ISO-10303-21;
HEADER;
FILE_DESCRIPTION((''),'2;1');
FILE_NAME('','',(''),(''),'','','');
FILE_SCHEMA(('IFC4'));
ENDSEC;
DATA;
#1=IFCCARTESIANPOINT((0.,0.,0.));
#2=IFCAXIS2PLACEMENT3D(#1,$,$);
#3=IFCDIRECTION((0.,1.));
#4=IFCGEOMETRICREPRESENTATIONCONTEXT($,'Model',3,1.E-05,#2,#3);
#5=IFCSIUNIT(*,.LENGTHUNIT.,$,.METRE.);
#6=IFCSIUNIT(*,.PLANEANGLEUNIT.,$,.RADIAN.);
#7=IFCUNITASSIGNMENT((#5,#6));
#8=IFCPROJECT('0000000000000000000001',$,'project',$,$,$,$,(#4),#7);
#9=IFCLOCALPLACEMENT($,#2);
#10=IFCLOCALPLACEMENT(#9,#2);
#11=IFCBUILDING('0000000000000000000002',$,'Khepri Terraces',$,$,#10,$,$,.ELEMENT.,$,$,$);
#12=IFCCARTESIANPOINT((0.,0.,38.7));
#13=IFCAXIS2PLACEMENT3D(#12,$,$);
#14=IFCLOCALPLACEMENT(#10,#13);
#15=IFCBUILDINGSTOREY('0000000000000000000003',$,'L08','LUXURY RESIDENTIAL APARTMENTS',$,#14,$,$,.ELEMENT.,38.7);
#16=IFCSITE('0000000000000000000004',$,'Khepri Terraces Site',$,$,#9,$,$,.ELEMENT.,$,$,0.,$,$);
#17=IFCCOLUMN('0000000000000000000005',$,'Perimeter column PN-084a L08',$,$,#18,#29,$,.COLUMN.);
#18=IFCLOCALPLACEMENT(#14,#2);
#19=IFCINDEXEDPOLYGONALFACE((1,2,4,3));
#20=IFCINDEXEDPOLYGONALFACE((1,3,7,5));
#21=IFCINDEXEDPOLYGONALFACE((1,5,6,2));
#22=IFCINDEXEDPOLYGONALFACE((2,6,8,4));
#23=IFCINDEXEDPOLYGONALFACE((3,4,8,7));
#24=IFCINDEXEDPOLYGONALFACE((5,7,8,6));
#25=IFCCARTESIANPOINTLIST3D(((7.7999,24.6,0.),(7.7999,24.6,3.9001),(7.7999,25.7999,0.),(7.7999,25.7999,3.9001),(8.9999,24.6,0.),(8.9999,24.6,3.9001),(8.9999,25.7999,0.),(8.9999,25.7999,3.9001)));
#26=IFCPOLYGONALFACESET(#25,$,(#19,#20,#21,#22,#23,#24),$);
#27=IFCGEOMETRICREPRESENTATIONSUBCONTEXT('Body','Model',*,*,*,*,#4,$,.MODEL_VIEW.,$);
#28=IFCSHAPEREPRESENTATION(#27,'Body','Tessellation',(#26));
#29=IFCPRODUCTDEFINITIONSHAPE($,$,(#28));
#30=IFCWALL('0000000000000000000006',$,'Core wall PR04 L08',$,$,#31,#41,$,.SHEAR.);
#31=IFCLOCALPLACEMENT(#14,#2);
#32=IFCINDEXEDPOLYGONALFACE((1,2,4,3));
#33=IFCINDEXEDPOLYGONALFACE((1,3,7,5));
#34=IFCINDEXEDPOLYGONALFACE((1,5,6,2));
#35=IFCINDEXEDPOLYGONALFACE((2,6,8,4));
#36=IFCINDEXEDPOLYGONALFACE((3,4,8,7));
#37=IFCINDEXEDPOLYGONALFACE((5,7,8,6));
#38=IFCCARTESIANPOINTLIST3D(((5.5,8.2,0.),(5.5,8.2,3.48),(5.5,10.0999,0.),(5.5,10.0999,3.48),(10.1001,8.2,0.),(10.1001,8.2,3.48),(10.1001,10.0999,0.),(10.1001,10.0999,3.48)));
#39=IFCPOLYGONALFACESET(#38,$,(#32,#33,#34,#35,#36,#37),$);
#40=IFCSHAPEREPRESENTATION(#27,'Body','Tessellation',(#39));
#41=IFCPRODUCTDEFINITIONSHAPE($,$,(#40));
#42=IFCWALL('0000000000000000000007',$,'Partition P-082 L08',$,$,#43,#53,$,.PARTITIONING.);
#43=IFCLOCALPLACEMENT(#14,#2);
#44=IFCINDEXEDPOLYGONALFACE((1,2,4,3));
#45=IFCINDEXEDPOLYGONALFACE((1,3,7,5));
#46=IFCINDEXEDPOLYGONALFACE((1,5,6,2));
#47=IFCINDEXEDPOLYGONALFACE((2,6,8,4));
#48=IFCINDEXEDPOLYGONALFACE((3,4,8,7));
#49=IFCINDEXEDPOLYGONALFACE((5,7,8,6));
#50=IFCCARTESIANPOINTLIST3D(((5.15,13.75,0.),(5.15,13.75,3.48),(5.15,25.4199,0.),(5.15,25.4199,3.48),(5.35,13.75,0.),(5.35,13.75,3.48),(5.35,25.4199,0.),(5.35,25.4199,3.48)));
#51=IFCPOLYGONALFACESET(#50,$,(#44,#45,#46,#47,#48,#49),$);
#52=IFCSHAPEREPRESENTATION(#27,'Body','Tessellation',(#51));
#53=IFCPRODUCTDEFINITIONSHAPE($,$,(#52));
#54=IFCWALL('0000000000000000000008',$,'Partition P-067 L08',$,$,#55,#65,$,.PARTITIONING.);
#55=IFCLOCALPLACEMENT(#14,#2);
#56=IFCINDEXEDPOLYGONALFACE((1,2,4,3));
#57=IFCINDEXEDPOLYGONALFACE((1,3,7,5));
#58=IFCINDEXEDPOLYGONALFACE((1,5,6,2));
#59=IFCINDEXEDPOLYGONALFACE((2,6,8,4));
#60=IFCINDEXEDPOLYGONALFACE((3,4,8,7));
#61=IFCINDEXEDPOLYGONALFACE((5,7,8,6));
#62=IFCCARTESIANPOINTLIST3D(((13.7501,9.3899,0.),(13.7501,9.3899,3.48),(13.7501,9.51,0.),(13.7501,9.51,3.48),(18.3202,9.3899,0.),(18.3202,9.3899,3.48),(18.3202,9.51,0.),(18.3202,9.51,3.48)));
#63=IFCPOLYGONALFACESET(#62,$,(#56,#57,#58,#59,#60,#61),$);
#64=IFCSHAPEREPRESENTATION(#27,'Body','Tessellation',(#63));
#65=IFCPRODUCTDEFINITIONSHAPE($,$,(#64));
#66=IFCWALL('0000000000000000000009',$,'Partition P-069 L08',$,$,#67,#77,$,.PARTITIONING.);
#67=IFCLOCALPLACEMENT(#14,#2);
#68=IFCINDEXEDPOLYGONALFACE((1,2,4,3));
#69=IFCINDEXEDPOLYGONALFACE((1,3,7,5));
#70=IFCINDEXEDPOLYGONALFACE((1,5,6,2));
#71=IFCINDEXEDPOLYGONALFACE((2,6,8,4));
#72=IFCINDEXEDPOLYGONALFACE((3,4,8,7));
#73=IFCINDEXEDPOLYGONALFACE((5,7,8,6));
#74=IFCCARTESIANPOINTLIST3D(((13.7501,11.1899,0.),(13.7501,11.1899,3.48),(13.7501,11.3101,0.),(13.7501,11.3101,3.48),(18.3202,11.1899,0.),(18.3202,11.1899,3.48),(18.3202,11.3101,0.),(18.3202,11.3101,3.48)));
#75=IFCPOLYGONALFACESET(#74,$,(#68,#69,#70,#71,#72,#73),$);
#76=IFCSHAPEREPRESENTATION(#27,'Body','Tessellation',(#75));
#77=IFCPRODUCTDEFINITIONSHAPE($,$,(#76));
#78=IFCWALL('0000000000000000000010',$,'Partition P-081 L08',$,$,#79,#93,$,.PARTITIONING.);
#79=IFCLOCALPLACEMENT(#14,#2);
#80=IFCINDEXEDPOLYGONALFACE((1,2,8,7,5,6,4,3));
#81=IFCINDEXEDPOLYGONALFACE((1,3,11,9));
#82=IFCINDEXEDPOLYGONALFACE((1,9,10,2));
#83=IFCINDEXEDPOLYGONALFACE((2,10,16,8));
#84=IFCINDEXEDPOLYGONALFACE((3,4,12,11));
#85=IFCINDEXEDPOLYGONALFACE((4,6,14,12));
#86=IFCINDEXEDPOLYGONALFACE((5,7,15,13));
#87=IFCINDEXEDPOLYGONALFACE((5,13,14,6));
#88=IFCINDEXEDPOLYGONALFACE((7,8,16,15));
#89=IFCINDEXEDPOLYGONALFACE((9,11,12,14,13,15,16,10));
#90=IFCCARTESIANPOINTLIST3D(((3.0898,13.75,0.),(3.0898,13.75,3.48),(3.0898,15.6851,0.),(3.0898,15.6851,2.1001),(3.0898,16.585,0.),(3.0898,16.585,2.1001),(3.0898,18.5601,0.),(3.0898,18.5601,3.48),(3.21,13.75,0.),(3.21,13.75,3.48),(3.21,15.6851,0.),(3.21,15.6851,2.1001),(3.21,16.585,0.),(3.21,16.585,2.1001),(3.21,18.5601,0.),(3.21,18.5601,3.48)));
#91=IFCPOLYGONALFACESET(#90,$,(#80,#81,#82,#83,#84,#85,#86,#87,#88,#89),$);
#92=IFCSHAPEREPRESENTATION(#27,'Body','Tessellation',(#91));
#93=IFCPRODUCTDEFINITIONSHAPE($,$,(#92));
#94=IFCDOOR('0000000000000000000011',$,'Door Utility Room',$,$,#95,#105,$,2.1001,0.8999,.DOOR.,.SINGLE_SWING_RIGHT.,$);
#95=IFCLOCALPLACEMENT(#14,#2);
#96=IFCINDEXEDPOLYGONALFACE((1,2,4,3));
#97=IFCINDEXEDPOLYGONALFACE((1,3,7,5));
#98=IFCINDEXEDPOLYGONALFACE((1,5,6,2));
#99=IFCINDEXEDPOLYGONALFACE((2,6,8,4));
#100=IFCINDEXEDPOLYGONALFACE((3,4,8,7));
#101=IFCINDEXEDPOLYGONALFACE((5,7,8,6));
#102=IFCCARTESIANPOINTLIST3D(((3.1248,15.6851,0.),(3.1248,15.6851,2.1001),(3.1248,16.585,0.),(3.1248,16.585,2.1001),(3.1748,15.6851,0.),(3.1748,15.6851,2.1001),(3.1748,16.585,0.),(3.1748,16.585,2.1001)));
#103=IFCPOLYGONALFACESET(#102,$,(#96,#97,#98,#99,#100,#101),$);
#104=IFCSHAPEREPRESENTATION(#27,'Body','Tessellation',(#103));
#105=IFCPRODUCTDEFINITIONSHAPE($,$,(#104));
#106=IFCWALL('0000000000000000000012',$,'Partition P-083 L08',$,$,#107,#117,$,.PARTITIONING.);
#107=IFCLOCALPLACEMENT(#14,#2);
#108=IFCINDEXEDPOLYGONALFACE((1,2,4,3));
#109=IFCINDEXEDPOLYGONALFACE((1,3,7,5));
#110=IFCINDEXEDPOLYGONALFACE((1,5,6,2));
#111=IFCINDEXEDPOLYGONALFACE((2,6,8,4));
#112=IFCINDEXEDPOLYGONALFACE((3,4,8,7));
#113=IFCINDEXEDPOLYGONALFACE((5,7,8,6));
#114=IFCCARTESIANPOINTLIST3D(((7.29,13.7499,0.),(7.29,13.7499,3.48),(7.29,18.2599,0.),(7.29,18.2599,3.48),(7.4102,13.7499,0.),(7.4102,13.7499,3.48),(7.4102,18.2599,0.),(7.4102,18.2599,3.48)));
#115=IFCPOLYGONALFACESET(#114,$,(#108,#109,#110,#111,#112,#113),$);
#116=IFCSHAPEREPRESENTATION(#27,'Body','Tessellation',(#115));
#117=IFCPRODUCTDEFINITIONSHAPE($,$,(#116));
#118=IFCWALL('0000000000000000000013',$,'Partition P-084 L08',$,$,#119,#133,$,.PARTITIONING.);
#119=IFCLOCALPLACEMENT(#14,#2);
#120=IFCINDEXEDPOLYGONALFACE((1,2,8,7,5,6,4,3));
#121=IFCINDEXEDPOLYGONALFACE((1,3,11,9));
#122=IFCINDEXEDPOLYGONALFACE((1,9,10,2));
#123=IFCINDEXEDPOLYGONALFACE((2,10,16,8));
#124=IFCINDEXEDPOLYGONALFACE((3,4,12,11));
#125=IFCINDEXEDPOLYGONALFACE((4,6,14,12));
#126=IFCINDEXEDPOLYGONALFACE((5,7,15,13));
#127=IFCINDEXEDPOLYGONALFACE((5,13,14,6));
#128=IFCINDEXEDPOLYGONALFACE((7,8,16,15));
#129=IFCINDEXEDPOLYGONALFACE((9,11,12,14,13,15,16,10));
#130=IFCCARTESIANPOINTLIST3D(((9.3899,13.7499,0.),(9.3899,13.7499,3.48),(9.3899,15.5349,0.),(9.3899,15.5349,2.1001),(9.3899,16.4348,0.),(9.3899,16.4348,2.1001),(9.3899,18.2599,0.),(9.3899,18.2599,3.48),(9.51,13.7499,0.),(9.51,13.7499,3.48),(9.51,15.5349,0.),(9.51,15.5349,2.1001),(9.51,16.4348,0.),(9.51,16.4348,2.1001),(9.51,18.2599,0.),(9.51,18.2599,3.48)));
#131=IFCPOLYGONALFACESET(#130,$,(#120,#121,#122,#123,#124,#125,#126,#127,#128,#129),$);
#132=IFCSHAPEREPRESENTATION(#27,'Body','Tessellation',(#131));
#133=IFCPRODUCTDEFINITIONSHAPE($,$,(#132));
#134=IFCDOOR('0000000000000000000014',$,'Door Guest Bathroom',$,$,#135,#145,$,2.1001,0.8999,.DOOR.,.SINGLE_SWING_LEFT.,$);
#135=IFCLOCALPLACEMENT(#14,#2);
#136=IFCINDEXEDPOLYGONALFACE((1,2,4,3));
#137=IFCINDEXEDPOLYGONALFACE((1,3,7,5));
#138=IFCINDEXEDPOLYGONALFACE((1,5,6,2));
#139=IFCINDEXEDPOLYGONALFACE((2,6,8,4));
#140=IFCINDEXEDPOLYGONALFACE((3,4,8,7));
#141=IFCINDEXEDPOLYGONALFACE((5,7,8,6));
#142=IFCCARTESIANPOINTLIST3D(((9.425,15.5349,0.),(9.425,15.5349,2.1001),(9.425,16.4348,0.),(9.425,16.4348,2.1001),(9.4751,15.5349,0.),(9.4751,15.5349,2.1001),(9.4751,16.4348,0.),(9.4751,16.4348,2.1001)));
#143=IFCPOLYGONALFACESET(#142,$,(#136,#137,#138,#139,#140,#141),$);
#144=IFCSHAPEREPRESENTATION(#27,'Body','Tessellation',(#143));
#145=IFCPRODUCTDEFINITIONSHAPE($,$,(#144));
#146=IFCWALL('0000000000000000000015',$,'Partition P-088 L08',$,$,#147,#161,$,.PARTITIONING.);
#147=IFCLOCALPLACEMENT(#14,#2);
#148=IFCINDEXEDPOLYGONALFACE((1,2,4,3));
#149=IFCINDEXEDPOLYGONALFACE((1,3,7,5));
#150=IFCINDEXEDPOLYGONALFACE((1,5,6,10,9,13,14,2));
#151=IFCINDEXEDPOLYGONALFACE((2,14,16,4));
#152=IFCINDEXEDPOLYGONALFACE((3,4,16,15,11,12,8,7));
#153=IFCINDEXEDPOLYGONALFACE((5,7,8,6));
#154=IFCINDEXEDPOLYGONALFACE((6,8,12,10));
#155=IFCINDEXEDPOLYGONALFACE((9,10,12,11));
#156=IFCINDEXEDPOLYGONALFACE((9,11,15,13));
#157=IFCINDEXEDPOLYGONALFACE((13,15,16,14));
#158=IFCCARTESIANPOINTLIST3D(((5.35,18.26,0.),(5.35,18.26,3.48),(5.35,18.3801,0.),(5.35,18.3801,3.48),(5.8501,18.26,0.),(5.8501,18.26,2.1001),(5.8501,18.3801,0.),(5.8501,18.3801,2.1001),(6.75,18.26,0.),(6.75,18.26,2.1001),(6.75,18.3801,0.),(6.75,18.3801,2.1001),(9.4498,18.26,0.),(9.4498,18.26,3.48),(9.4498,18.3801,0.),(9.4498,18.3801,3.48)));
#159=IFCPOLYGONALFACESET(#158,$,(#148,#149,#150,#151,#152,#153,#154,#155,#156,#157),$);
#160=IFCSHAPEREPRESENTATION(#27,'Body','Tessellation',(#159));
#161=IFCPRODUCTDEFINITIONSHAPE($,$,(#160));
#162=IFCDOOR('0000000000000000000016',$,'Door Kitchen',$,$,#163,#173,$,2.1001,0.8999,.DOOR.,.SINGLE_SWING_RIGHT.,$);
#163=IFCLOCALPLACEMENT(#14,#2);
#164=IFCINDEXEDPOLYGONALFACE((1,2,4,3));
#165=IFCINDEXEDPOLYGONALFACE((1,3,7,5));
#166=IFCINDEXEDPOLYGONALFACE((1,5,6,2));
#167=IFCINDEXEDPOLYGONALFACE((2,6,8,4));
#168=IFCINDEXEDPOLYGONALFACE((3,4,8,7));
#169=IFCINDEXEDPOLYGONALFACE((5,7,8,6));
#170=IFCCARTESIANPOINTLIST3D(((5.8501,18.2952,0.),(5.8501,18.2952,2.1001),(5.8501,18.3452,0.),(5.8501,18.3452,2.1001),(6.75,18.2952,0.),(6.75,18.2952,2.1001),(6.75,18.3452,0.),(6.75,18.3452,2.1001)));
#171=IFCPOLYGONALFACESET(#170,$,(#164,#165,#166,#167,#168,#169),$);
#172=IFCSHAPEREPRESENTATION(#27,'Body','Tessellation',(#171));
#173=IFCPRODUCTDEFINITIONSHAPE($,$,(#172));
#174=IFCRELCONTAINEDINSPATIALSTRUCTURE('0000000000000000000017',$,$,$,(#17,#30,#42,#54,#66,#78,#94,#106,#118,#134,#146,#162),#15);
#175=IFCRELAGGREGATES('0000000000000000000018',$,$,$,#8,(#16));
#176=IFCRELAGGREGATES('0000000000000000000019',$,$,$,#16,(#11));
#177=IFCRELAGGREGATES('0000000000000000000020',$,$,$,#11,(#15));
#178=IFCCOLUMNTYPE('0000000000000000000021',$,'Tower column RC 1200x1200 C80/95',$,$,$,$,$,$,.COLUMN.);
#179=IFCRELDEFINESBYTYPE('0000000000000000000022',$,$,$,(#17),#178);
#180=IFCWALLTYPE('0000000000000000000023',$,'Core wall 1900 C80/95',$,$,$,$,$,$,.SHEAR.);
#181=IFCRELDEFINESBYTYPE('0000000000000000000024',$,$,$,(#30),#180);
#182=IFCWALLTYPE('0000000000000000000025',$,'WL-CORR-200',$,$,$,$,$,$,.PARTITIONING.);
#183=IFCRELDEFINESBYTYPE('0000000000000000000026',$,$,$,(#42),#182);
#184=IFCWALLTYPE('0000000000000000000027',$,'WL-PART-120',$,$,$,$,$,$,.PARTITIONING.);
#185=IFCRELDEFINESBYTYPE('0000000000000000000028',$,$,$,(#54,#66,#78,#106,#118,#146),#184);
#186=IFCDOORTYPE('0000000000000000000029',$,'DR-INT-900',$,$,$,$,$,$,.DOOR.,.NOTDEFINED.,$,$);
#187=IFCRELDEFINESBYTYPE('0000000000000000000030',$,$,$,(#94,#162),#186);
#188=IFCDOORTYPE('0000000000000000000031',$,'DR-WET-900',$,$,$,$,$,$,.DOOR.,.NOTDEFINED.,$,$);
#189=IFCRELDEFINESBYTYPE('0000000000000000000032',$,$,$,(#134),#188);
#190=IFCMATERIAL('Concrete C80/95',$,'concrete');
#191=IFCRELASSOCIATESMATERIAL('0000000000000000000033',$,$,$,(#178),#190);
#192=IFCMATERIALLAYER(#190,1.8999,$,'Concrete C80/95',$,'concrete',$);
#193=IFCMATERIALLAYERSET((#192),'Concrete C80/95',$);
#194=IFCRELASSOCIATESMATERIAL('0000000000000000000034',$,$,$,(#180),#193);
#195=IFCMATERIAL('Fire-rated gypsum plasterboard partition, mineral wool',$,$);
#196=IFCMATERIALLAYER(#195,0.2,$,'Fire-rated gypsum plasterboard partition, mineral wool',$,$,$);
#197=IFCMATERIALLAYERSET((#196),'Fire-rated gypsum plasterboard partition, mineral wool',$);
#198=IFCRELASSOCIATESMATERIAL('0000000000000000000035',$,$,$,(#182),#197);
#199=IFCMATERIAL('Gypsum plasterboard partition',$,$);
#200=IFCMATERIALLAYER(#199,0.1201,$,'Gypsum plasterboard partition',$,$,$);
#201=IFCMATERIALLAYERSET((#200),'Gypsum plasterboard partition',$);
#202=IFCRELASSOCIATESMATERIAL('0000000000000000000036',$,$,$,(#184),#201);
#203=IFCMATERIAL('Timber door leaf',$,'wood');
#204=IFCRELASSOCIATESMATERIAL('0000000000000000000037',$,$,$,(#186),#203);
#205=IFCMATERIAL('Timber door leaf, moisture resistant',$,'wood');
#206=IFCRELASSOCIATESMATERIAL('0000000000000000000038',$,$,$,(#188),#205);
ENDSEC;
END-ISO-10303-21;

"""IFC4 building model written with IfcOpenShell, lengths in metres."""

from ifc_helpers import new_model, si_unit, direction, frame, frame_2d, origin, origin_2d, place, context, subcontext, project, spatial, rectangle, extrude, material, layer, layer_set, material_profile, profile_set, type_object, element, fill, save


model = new_model("IFC4")

# Units and contexts
model_context = context("Model", 3, precision=1e-05, world=origin(), true_north=direction((0.0, 1.0)))
body_context = subcontext(model_context, "Body", "Model", "MODEL_VIEW")
ifc_project = project(units=[si_unit("LENGTHUNIT", "METRE"), si_unit("PLANEANGLEUNIT", "RADIAN")], contexts=[model_context])

# Site, building, storey
site_placement = place(None, origin())
site = spatial("IfcSite", under=ifc_project, at=site_placement, Name="Khepri Terraces Site", CompositionType="ELEMENT", RefElevation=0.0)
building_placement = place(site_placement, origin())
building = spatial("IfcBuilding", under=site, at=building_placement, Name="Khepri Terraces", CompositionType="ELEMENT")
storey_placement = place(building_placement, frame((0.0, 0.0, 38.7)))
storey = spatial("IfcBuildingStorey", under=building, at=storey_placement, Name="L08", Description="LUXURY RESIDENTIAL APARTMENTS", CompositionType="ELEMENT", Elevation=38.7)

# Column
ifc_material_1 = material(Name="Concrete C80/95", Category="concrete")
ifc_material_profile = material_profile(ifc_material_1, rectangle(XDim=1.2, YDim=1.2, at=origin_2d()), Name="Concrete C80/95", Category="concrete")
ifc_profile_set = profile_set([ifc_material_profile], Name="Concrete C80/95")
column_type = type_object("IfcColumnType", Name="Tower column RC 1200x1200 C80/95", PredefinedType="COLUMN", material=ifc_profile_set)
column_placement = place(storey_placement, frame((8.3999, 25.2, 0.0), z_axis=(0.0, 0.0, 1.0), x_axis=(1.0, 0.0, 0.0)))
element("IfcColumn", 1, at=column_placement, inside=storey, type_object=column_type, Name="Perimeter column PN-084a L08", PredefinedType="COLUMN", context=body_context, shape_type="SweptSolid", body=[
    extrude(rectangle(XDim=1.2, YDim=1.2, at=origin_2d()), origin(), (0.0, 0.0, 1.0), 3.9001),
])

# Walls
ifc_layer_1 = layer(ifc_material_1, 1.8999, Name="Concrete C80/95", Category="concrete")
ifc_layer_set_1 = layer_set([ifc_layer_1], Name="Concrete C80/95")
wall_type_1 = type_object("IfcWallType", Name="Core wall 1900 C80/95", PredefinedType="SHEAR", material=ifc_layer_set_1)
wall_1_placement = place(storey_placement, frame((5.5, 9.1499, 0.0), z_axis=(0.0, 0.0, 1.0), x_axis=(1.0, 0.0, 0.0)))
element("IfcWall", 2, at=wall_1_placement, inside=storey, type_object=wall_type_1, Name="Core wall PR04 L08", PredefinedType="SHEAR", context=body_context, shape_type="SweptSolid", body=[
    extrude(rectangle(XDim=4.6001, YDim=1.8999, at=frame_2d((2.3, 0.0))), origin(), (0.0, 0.0, 1.0), 3.48),
])
ifc_material_2 = material(Name="Fire-rated gypsum plasterboard partition, mineral wool")
ifc_layer_2 = layer(ifc_material_2, 0.2, Name="Fire-rated gypsum plasterboard partition, mineral wool")
ifc_layer_set_2 = layer_set([ifc_layer_2], Name="Fire-rated gypsum plasterboard partition, mineral wool")
wall_type_2 = type_object("IfcWallType", Name="WL-CORR-200", PredefinedType="PARTITIONING", material=ifc_layer_set_2)
wall_2_placement = place(storey_placement, frame((5.25, 13.75, 0.0), z_axis=(0.0, 0.0, 1.0), x_axis=(0.0, 1.0, 0.0)))
element("IfcWall", 3, at=wall_2_placement, inside=storey, type_object=wall_type_2, Name="Partition P-082 L08", PredefinedType="PARTITIONING", context=body_context, shape_type="SweptSolid", body=[
    extrude(rectangle(XDim=11.6699, YDim=0.2, at=frame_2d((5.835, 0.0))), origin(), (0.0, 0.0, 1.0), 3.48),
])

# Walls
ifc_material_3 = material(Name="Gypsum plasterboard partition")
ifc_layer_3 = layer(ifc_material_3, 0.1201, Name="Gypsum plasterboard partition")
ifc_layer_set_3 = layer_set([ifc_layer_3], Name="Gypsum plasterboard partition")
wall_type_3 = type_object("IfcWallType", Name="WL-PART-120", PredefinedType="PARTITIONING", material=ifc_layer_set_3)
for number, where, z_axis, x_axis, name in (
    (4, (13.75, 9.45, 0.0), (0.0, 0.0, 1.0), (1.0, 0.0, 0.0), "Partition P-067 L08"),
    (5, (13.75, 11.25, 0.0), (0.0, 0.0, 1.0), (1.0, 0.0, 0.0), "Partition P-069 L08"),
):
    element("IfcWall", number, at=place(storey_placement, frame(where, z_axis=z_axis, x_axis=x_axis)), inside=storey, type_object=wall_type_3, Name=name, PredefinedType="PARTITIONING", context=body_context, shape_type="SweptSolid", body=[
        extrude(rectangle(XDim=4.5701, YDim=0.1201, at=frame_2d((2.2852, 0.0))), origin(), (0.0, 0.0, 1.0), 3.48),
    ])

# Wall, opening, door
wall_3_placement = place(storey_placement, frame((3.1499, 13.75, 0.0), z_axis=(0.0, 0.0, 1.0), x_axis=(0.0, 1.0, 0.0)))
wall_3 = element("IfcWall", 6, at=wall_3_placement, inside=storey, type_object=wall_type_3, Name="Partition P-081 L08", PredefinedType="PARTITIONING", context=body_context, shape_type="SweptSolid", body=[
    extrude(rectangle(XDim=4.8101, YDim=0.1201, at=frame_2d((2.405, 0.0))), origin(), (0.0, 0.0, 1.0), 3.48),
])
opening_1_placement = place(wall_3_placement, frame((1.9351, 0.0, 0.0)))
opening_1 = element("IfcOpeningElement", 7, at=opening_1_placement, cuts=wall_3, PredefinedType="OPENING", context=body_context, shape_type="SweptSolid", body=[
    extrude(rectangle(XDim=0.8999, YDim=2.1001, at=frame_2d((0.45, 1.05))), frame((0.0, 0.0701, 0.0), z_axis=(0.0, -1.0, 0.0), x_axis=(1.0, 0.0, 0.0)), (0.0, 0.0, 1.0), 0.1401),
])
ifc_material_4 = material(Name="Timber door leaf", Category="wood")
door_type_1 = type_object("IfcDoorType", Name="DR-INT-900", OperationType="NOTDEFINED", PredefinedType="DOOR", material=ifc_material_4)
door_1_placement = place(opening_1_placement, frame((0.8999, 0.0, 0.0), z_axis=(0.0, 0.0, 1.0), x_axis=(-1.0, 0.0, 0.0)))
door_1 = element("IfcDoor", 8, at=door_1_placement, inside=storey, type_object=door_type_1, Name="Door Utility Room", OperationType="SINGLE_SWING_RIGHT", OverallHeight=2.1001, OverallWidth=0.8999, PredefinedType="DOOR", context=body_context, shape_type="SweptSolid", body=[
    extrude(rectangle(XDim=0.8999, YDim=2.1001, at=frame_2d((0.45, 1.05))), frame((0.0, 0.0249, 0.0), z_axis=(0.0, -1.0, 0.0), x_axis=(1.0, 0.0, 0.0)), (0.0, 0.0, 1.0), 0.05),
])
fill(opening_1, door_1)

# Wall
wall_4_placement = place(storey_placement, frame((7.3501, 13.75, 0.0), z_axis=(0.0, 0.0, 1.0), x_axis=(0.0, 1.0, 0.0)))
element("IfcWall", 9, at=wall_4_placement, inside=storey, type_object=wall_type_3, Name="Partition P-083 L08", PredefinedType="PARTITIONING", context=body_context, shape_type="SweptSolid", body=[
    extrude(rectangle(XDim=4.51, YDim=0.1201, at=frame_2d((2.2549, 0.0))), origin(), (0.0, 0.0, 1.0), 3.48),
])

# Walls, openings, doors
wall_5_placement = place(storey_placement, frame((9.45, 13.75, 0.0), z_axis=(0.0, 0.0, 1.0), x_axis=(0.0, 1.0, 0.0)))
wall_5 = element("IfcWall", 10, at=wall_5_placement, inside=storey, type_object=wall_type_3, Name="Partition P-084 L08", PredefinedType="PARTITIONING", context=body_context, shape_type="SweptSolid", body=[
    extrude(rectangle(XDim=4.51, YDim=0.1201, at=frame_2d((2.2549, 0.0))), origin(), (0.0, 0.0, 1.0), 3.48),
])
opening_2_placement = place(wall_5_placement, frame((1.7849, 0.0, 0.0)))
opening_2 = element("IfcOpeningElement", 11, at=opening_2_placement, cuts=wall_5, PredefinedType="OPENING", context=body_context, shape_type="SweptSolid", body=[
    extrude(rectangle(XDim=0.8999, YDim=2.1001, at=frame_2d((0.45, 1.05))), frame((0.0, 0.0701, 0.0), z_axis=(0.0, -1.0, 0.0), x_axis=(1.0, 0.0, 0.0)), (0.0, 0.0, 1.0), 0.1401),
])
ifc_material_5 = material(Name="Timber door leaf, moisture resistant", Category="wood")
door_type_2 = type_object("IfcDoorType", Name="DR-WET-900", OperationType="NOTDEFINED", PredefinedType="DOOR", material=ifc_material_5)
door_2_placement = place(opening_2_placement, origin())
door_2 = element("IfcDoor", 12, at=door_2_placement, inside=storey, type_object=door_type_2, Name="Door Guest Bathroom", OperationType="SINGLE_SWING_LEFT", OverallHeight=2.1001, OverallWidth=0.8999, PredefinedType="DOOR", context=body_context, shape_type="SweptSolid", body=[
    extrude(rectangle(XDim=0.8999, YDim=2.1001, at=frame_2d((0.45, 1.05))), frame((0.0, 0.0249, 0.0), z_axis=(0.0, -1.0, 0.0), x_axis=(1.0, 0.0, 0.0)), (0.0, 0.0, 1.0), 0.05),
])
fill(opening_2, door_2)
wall_6_placement = place(storey_placement, frame((5.3501, 18.3201, 0.0), z_axis=(0.0, 0.0, 1.0), x_axis=(1.0, 0.0, 0.0)))
wall_6 = element("IfcWall", 13, at=wall_6_placement, inside=storey, type_object=wall_type_3, Name="Partition P-088 L08", PredefinedType="PARTITIONING", context=body_context, shape_type="SweptSolid", body=[
    extrude(rectangle(XDim=4.0999, YDim=0.1201, at=frame_2d((2.0498, 0.0))), origin(), (0.0, 0.0, 1.0), 3.48),
])
opening_3_placement = place(wall_6_placement, frame((0.5, 0.0, 0.0)))
opening_3 = element("IfcOpeningElement", 14, at=opening_3_placement, cuts=wall_6, PredefinedType="OPENING", context=body_context, shape_type="SweptSolid", body=[
    extrude(rectangle(XDim=0.8999, YDim=2.1001, at=frame_2d((0.45, 1.05))), frame((0.0, 0.0701, 0.0), z_axis=(0.0, -1.0, 0.0), x_axis=(1.0, 0.0, 0.0)), (0.0, 0.0, 1.0), 0.1401),
])
door_3_placement = place(opening_3_placement, frame((0.8999, 0.0, 0.0), z_axis=(0.0, 0.0, 1.0), x_axis=(-1.0, 0.0, 0.0)))
door_3 = element("IfcDoor", 15, at=door_3_placement, inside=storey, type_object=door_type_1, Name="Door Kitchen", OperationType="SINGLE_SWING_RIGHT", OverallHeight=2.1001, OverallWidth=0.8999, PredefinedType="DOOR", context=body_context, shape_type="SweptSolid", body=[
    extrude(rectangle(XDim=0.8999, YDim=2.1001, at=frame_2d((0.45, 1.05))), frame((0.0, 0.0249, 0.0), z_axis=(0.0, -1.0, 0.0), x_axis=(1.0, 0.0, 0.0)), (0.0, 0.0, 1.0), 0.05),
])
fill(opening_3, door_3)

save(model, "model.ifc")
